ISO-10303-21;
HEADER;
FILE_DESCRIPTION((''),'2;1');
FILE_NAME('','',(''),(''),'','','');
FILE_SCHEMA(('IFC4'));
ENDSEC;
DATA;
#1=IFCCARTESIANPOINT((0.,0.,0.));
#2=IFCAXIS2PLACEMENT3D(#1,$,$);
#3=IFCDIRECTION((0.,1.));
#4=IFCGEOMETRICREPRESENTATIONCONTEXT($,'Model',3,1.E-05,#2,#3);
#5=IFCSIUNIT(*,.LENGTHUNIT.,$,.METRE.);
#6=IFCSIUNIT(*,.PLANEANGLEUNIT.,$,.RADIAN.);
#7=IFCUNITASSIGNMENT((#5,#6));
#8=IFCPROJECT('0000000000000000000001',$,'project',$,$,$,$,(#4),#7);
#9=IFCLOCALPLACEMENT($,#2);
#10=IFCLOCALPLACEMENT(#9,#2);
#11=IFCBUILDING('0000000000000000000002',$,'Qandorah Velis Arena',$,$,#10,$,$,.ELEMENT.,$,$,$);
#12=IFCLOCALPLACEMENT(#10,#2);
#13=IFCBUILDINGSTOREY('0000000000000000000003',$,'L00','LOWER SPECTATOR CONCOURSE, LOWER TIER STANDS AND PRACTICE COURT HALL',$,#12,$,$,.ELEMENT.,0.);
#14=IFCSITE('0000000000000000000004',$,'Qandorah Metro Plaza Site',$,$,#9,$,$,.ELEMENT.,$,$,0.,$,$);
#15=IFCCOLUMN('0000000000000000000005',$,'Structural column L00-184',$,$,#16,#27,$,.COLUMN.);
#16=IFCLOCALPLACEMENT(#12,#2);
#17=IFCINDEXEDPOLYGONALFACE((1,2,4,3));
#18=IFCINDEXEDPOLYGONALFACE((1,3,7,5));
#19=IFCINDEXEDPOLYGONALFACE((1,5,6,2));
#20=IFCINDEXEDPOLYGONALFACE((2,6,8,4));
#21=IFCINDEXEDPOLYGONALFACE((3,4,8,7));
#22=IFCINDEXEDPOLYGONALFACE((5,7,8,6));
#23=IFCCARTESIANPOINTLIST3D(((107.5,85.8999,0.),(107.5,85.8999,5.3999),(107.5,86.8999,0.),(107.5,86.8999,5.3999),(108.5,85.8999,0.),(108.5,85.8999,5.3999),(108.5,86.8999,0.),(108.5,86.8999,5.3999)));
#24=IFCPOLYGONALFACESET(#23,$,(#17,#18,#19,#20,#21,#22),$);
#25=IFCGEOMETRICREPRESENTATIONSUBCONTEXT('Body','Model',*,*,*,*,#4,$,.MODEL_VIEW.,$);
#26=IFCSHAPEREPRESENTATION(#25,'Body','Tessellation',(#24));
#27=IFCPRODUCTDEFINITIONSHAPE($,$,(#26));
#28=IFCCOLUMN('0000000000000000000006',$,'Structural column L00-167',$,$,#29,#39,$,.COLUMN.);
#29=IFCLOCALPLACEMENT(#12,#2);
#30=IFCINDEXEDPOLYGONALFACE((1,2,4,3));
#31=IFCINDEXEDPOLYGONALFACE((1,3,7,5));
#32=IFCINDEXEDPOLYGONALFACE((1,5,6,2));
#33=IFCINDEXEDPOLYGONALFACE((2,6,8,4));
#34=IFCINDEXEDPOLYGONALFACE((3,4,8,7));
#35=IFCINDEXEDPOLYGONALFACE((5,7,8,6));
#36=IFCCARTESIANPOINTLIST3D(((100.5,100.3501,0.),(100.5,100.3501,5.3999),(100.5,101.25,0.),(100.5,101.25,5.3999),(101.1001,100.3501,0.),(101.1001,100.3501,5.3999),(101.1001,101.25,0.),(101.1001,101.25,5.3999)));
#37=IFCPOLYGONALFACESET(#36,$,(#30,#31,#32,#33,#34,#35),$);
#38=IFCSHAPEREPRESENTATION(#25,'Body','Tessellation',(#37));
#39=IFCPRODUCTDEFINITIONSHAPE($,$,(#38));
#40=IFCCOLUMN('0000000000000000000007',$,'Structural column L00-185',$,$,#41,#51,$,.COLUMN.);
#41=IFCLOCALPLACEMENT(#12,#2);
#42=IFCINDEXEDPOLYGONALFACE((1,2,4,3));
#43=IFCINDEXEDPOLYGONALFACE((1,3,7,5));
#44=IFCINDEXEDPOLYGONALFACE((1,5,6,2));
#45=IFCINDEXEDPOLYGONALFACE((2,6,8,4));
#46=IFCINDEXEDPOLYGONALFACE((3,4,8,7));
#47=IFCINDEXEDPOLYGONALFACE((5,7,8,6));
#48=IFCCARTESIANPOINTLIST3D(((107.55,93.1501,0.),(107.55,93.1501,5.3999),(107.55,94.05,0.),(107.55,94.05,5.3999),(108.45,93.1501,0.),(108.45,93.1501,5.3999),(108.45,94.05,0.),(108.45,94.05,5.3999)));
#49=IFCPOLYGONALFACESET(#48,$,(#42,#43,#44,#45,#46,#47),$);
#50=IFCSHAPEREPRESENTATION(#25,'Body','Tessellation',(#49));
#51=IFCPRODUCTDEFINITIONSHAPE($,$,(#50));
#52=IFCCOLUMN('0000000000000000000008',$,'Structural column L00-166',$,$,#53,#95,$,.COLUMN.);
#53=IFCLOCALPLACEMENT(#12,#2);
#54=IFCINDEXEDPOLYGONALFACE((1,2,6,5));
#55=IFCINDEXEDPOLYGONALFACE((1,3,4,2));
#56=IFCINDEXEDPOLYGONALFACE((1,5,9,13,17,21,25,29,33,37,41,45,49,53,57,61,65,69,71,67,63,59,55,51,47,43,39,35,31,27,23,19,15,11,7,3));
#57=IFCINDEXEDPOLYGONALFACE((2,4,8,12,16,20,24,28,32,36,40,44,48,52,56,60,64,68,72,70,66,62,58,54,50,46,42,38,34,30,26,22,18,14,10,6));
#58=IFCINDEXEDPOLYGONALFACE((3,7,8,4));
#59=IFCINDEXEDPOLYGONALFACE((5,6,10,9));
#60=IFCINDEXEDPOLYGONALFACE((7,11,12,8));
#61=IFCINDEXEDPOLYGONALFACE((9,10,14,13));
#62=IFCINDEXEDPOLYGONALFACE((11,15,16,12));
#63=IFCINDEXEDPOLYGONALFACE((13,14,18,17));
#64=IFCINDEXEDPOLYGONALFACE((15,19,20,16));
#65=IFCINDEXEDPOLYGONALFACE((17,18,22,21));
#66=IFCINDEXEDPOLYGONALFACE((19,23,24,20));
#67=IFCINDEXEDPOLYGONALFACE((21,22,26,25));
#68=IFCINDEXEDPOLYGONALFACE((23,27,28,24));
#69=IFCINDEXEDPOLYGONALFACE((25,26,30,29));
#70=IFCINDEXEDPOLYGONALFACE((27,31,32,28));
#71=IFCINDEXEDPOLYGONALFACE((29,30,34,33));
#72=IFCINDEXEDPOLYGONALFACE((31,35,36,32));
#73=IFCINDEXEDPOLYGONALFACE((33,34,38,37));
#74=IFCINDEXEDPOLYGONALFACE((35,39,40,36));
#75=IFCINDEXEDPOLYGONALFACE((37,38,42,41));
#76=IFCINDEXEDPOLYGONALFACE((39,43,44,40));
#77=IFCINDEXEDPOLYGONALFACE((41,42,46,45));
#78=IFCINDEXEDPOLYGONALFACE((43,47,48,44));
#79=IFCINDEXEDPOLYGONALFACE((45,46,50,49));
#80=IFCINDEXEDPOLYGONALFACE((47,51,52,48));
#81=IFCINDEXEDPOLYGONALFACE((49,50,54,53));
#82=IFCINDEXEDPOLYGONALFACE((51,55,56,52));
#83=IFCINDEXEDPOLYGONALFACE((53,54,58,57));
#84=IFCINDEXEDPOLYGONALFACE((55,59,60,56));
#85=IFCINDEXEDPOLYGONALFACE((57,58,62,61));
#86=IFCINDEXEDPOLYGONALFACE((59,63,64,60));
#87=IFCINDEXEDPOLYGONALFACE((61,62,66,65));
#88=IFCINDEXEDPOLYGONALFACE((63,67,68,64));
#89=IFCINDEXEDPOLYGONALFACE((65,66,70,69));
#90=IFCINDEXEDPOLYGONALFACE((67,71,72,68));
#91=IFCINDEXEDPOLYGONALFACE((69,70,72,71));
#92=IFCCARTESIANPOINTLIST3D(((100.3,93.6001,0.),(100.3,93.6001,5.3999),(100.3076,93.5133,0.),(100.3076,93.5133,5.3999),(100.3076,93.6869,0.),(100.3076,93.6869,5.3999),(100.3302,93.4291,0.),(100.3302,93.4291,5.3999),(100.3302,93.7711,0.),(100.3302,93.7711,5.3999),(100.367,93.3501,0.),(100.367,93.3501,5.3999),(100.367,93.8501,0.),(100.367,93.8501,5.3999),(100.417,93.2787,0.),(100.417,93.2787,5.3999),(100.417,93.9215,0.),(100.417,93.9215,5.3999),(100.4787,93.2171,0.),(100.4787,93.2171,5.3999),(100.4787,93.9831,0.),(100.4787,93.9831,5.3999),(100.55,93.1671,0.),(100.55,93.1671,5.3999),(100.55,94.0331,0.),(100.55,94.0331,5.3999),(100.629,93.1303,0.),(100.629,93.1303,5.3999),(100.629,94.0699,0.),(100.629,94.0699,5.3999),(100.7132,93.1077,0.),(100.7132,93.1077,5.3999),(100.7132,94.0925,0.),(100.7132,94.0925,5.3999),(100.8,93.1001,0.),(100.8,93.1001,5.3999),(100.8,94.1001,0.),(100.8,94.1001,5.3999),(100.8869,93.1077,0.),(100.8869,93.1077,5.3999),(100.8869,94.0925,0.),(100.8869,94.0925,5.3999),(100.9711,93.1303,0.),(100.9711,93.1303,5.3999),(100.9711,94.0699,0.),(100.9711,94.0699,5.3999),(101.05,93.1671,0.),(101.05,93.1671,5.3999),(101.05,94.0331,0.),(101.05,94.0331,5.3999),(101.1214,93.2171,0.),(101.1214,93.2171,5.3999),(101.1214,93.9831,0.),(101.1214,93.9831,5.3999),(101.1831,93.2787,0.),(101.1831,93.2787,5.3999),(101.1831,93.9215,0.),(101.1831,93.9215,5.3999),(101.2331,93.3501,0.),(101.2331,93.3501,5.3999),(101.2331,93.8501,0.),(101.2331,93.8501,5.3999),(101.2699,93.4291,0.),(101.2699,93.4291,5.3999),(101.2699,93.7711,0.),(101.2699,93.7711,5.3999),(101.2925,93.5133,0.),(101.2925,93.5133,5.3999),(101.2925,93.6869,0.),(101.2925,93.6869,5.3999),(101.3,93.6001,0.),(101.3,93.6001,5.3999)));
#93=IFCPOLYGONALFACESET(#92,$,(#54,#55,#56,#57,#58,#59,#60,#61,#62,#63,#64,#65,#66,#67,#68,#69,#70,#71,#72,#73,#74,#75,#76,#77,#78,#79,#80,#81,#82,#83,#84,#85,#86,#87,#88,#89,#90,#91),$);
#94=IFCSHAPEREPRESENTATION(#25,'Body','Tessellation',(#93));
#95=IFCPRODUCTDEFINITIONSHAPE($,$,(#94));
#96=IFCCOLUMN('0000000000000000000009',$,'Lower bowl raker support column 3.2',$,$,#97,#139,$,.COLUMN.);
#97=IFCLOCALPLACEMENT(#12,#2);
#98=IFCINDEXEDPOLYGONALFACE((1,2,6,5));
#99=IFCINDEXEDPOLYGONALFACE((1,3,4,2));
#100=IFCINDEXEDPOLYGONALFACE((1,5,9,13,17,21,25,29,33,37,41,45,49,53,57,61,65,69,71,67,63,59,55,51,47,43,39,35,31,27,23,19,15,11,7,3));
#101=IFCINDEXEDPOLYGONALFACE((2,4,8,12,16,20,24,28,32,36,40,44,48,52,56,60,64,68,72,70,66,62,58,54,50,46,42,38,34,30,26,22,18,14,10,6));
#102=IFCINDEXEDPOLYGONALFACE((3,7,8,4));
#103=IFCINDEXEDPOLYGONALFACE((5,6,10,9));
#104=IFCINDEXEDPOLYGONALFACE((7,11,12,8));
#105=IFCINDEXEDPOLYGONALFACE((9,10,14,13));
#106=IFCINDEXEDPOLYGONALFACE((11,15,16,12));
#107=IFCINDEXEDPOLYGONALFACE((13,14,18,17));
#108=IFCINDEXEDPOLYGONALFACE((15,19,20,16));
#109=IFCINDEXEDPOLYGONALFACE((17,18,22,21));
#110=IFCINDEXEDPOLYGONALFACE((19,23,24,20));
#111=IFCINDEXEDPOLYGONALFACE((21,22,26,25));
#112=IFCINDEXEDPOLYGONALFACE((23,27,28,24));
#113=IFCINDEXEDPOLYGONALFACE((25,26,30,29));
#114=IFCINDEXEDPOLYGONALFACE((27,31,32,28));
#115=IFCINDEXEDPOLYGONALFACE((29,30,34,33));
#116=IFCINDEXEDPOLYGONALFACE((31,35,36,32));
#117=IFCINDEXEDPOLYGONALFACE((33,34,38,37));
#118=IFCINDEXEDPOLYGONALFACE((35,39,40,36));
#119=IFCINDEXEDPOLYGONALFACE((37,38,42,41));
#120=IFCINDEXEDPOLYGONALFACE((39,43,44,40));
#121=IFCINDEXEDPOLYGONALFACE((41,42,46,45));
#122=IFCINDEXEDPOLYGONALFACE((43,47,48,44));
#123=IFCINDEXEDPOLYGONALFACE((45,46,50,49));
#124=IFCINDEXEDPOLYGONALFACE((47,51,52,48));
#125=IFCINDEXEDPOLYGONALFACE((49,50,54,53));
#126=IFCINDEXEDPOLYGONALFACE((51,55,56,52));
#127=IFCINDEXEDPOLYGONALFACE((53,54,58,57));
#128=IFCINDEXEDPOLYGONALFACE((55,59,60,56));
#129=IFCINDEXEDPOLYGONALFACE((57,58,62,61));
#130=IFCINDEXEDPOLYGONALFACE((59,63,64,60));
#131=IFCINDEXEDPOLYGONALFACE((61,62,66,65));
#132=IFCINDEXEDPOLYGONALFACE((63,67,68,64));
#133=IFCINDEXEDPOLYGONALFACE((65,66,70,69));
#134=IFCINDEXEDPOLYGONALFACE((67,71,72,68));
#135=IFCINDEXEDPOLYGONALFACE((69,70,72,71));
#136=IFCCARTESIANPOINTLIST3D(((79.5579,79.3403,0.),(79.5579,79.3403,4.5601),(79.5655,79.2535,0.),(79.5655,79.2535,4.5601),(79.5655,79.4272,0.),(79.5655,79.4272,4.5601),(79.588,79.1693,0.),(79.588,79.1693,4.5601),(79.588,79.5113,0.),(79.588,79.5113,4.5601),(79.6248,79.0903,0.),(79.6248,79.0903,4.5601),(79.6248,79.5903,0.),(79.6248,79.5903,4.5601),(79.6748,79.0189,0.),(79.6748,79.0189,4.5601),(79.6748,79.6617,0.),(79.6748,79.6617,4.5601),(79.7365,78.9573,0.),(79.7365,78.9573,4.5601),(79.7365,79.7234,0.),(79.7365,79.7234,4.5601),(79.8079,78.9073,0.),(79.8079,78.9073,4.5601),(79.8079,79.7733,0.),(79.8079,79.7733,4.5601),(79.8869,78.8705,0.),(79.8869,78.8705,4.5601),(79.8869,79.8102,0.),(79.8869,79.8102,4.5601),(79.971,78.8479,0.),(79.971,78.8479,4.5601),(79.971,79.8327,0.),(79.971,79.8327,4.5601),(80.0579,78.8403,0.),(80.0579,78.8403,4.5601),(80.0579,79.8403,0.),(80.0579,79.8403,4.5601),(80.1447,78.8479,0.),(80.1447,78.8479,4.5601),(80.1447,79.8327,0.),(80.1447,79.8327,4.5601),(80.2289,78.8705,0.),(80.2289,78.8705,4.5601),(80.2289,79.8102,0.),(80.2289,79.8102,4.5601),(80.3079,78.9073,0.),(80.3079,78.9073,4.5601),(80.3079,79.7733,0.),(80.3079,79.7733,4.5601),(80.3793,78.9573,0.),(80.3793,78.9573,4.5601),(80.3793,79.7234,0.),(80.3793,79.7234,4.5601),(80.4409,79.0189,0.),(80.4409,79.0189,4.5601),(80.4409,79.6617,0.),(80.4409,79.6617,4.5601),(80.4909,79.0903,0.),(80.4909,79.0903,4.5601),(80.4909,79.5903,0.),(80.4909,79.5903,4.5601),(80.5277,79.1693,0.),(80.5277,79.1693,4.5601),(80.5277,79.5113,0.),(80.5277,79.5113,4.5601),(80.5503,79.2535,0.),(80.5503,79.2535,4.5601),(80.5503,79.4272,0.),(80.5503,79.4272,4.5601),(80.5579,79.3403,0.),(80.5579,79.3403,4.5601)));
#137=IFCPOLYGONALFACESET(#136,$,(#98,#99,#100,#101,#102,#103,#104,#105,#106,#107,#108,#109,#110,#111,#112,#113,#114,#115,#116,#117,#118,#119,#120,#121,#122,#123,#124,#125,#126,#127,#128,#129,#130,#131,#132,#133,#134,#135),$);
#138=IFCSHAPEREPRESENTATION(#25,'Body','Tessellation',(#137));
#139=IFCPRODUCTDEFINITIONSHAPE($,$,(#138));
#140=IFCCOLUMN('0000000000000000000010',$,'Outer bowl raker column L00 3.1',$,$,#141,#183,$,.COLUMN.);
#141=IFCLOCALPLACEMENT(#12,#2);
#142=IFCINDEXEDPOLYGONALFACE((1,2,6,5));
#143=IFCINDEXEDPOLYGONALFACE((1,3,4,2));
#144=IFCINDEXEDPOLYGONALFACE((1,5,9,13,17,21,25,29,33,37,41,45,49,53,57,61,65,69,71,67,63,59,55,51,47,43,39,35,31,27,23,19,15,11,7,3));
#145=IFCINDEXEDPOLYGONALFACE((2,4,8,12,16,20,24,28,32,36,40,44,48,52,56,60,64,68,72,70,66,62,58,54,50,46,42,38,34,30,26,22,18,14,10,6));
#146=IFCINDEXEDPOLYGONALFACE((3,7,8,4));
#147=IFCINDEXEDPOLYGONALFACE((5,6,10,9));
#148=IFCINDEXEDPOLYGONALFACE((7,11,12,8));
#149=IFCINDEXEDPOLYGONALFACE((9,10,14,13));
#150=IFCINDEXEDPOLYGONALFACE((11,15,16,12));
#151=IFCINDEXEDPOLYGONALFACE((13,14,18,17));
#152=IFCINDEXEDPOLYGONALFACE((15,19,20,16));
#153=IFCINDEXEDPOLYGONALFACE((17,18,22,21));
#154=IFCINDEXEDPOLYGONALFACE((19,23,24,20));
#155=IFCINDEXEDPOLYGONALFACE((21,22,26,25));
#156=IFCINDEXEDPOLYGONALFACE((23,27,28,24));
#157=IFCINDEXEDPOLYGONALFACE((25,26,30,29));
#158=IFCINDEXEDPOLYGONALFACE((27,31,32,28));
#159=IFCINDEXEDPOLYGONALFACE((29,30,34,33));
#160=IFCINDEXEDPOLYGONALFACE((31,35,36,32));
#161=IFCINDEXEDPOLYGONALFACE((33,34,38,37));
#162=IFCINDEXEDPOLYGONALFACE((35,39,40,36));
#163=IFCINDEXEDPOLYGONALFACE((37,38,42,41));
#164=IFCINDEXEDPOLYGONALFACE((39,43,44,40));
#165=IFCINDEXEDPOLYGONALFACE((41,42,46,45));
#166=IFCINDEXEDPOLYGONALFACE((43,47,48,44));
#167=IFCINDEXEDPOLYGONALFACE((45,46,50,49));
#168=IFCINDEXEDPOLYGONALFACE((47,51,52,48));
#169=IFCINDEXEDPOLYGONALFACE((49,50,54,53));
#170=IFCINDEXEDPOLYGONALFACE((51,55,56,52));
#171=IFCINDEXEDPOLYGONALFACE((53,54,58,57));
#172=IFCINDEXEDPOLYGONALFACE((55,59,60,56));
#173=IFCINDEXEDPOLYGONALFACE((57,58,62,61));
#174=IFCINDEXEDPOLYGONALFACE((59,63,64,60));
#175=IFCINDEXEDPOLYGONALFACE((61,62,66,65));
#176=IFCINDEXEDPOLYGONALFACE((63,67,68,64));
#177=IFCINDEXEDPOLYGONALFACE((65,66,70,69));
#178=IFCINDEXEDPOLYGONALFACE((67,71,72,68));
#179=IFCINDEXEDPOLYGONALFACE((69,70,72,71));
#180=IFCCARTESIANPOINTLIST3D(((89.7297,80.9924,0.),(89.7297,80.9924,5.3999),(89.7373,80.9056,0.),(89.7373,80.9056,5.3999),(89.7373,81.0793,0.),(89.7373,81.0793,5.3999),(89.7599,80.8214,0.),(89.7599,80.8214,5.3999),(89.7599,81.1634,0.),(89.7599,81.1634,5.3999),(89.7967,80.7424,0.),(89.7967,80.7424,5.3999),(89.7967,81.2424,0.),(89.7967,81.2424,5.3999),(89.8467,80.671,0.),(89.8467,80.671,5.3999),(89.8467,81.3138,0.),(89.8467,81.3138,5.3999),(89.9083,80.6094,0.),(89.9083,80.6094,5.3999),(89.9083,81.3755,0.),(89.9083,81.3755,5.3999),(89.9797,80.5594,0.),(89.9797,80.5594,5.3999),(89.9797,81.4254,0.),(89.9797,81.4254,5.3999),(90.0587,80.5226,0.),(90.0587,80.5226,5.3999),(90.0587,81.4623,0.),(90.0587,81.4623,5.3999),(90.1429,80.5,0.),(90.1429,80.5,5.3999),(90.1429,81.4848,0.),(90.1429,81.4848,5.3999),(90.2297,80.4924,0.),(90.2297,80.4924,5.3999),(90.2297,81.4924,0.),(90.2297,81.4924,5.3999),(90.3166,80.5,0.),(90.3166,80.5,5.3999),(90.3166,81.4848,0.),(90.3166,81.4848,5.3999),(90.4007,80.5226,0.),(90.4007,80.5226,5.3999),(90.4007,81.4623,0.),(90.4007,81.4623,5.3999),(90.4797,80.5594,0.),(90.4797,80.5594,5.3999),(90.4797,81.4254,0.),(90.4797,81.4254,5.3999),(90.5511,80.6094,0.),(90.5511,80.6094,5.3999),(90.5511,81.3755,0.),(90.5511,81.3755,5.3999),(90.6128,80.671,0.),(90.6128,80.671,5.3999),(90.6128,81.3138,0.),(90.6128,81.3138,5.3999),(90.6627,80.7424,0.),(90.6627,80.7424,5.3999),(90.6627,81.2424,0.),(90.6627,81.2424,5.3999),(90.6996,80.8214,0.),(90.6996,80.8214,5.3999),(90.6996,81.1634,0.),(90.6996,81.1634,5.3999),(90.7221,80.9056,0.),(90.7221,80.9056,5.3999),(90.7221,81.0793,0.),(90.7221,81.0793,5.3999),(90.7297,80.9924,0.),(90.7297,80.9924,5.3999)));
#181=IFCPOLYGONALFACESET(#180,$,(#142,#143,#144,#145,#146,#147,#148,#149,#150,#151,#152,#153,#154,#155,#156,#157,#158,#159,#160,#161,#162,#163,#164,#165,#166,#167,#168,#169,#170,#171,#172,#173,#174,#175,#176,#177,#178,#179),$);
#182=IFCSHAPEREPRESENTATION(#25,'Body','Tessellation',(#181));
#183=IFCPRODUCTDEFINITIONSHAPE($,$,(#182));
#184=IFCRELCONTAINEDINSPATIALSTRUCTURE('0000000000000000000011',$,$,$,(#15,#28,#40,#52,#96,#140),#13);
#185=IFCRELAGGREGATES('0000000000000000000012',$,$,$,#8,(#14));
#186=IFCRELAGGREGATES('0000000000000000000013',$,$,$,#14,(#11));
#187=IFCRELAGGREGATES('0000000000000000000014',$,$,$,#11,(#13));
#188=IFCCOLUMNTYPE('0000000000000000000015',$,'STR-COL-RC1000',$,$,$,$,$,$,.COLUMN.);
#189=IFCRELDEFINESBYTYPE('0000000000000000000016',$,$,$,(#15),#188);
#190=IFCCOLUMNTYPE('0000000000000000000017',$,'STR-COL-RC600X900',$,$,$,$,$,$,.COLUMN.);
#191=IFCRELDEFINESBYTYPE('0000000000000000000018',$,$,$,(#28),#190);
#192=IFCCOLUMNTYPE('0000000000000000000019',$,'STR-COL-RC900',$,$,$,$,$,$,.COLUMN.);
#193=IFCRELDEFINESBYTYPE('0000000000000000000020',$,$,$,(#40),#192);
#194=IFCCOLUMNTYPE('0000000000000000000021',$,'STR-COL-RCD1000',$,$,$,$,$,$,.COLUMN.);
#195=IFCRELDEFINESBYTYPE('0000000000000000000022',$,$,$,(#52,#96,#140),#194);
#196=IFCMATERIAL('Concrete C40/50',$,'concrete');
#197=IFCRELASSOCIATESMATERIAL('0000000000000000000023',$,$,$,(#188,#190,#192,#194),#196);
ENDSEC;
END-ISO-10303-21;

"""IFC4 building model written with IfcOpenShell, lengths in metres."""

from ifc_helpers import new_model, si_unit, direction, frame, origin, origin_2d, place, context, subcontext, project, spatial, rectangle, circle, extrude, material, material_profile, profile_set, type_object, element, save


model = new_model("IFC4")

# Units and contexts
model_context = context("Model", 3, precision=1e-05, world=origin(), true_north=direction((0.0, 1.0)))
body_context = subcontext(model_context, "Body", "Model", "MODEL_VIEW")
ifc_project = project(units=[si_unit("LENGTHUNIT", "METRE"), si_unit("PLANEANGLEUNIT", "RADIAN")], contexts=[model_context])

# Site, building, storey
site_placement = place(None, origin())
site = spatial("IfcSite", under=ifc_project, at=site_placement, Name="Qandorah Metro Plaza Site", CompositionType="ELEMENT", RefElevation=0.0)
building_placement = place(site_placement, origin())
building = spatial("IfcBuilding", under=site, at=building_placement, Name="Qandorah Velis Arena", CompositionType="ELEMENT")
storey_placement = place(building_placement, origin())
storey = spatial("IfcBuildingStorey", under=building, at=storey_placement, Name="L00", Description="LOWER SPECTATOR CONCOURSE, LOWER TIER STANDS AND PRACTICE COURT HALL", CompositionType="ELEMENT", Elevation=0.0)

# Columns
ifc_material_1 = material(Name="Concrete C40/50", Category="concrete")
ifc_material_profile_1 = material_profile(ifc_material_1, rectangle(XDim=1.0, YDim=1.0, at=origin_2d()), Name="RC COL 1000x1000")
ifc_profile_set_1 = profile_set([ifc_material_profile_1], Name="Concrete C40/50")
column_type_1 = type_object("IfcColumnType", Name="STR-COL-RC1000", PredefinedType="COLUMN", material=ifc_profile_set_1)
column_1_placement = place(storey_placement, frame((108.0, 86.3999, 0.0), z_axis=(0.0, 0.0, 1.0), x_axis=(1.0, 0.0, 0.0)))
element("IfcColumn", 1, at=column_1_placement, inside=storey, type_object=column_type_1, Name="Structural column L00-184", PredefinedType="COLUMN", context=body_context, shape_type="SweptSolid", body=[
    extrude(rectangle(XDim=1.0, YDim=1.0, at=origin_2d()), origin(), (0.0, 0.0, 1.0), 5.3999),
])
ifc_material_profile_2 = material_profile(ifc_material_1, rectangle(XDim=0.6001, YDim=0.8999, at=origin_2d()), Name="RC COL 600x900")
ifc_profile_set_2 = profile_set([ifc_material_profile_2], Name="Concrete C40/50")
column_type_2 = type_object("IfcColumnType", Name="STR-COL-RC600X900", PredefinedType="COLUMN", material=ifc_profile_set_2)
column_2_placement = place(storey_placement, frame((100.8, 100.8, 0.0), z_axis=(0.0, 0.0, 1.0), x_axis=(1.0, 0.0, 0.0)))
element("IfcColumn", 2, at=column_2_placement, inside=storey, type_object=column_type_2, Name="Structural column L00-167", PredefinedType="COLUMN", context=body_context, shape_type="SweptSolid", body=[
    extrude(rectangle(XDim=0.6001, YDim=0.8999, at=origin_2d()), origin(), (0.0, 0.0, 1.0), 5.3999),
])
ifc_material_profile_3 = material_profile(ifc_material_1, rectangle(XDim=0.8999, YDim=0.8999, at=origin_2d()), Name="RC COL 900x900")
ifc_profile_set_3 = profile_set([ifc_material_profile_3], Name="Concrete C40/50")
column_type_3 = type_object("IfcColumnType", Name="STR-COL-RC900", PredefinedType="COLUMN", material=ifc_profile_set_3)
column_3_placement = place(storey_placement, frame((108.0, 93.6001, 0.0), z_axis=(0.0, 0.0, 1.0), x_axis=(1.0, 0.0, 0.0)))
element("IfcColumn", 3, at=column_3_placement, inside=storey, type_object=column_type_3, Name="Structural column L00-185", PredefinedType="COLUMN", context=body_context, shape_type="SweptSolid", body=[
    extrude(rectangle(XDim=0.8999, YDim=0.8999, at=origin_2d()), origin(), (0.0, 0.0, 1.0), 5.3999),
])
ifc_material_profile_4 = material_profile(ifc_material_1, circle(Radius=0.5, at=origin_2d()), Name="RC D1000")
ifc_profile_set_4 = profile_set([ifc_material_profile_4], Name="Concrete C40/50")
column_type_4 = type_object("IfcColumnType", Name="STR-COL-RCD1000", PredefinedType="COLUMN", material=ifc_profile_set_4)
column_4_placement = place(storey_placement, frame((100.8, 93.6001, 0.0), z_axis=(0.0, 0.0, 1.0), x_axis=(1.0, 0.0, 0.0)))
element("IfcColumn", 4, at=column_4_placement, inside=storey, type_object=column_type_4, Name="Structural column L00-166", PredefinedType="COLUMN", context=body_context, shape_type="SweptSolid", body=[
    extrude(circle(Radius=0.5, at=origin_2d()), origin(), (0.0, 0.0, 1.0), 5.3999),
])
column_5_placement = place(storey_placement, frame((80.0579, 79.3403, 0.0), z_axis=(0.0, 0.0, 1.0), x_axis=(1.0, 0.0, 0.0)))
element("IfcColumn", 5, at=column_5_placement, inside=storey, type_object=column_type_4, Name="Lower bowl raker support column 3.2", PredefinedType="COLUMN", context=body_context, shape_type="SweptSolid", body=[
    extrude(circle(Radius=0.5, at=origin_2d()), origin(), (0.0, 0.0, 1.0), 4.5601),
])
for number, where, z_axis, x_axis, name in (
    (6, (90.2297, 80.9924, 0.0), (0.0, 0.0, 1.0), (1.0, 0.0, 0.0), "Outer bowl raker column L00 3.1"),
):
    element("IfcColumn", number, at=place(storey_placement, frame(where, z_axis=z_axis, x_axis=x_axis)), inside=storey, type_object=column_type_4, Name=name, PredefinedType="COLUMN", context=body_context, shape_type="SweptSolid", body=[
        extrude(circle(Radius=0.5, at=origin_2d()), origin(), (0.0, 0.0, 1.0), 5.3999),
    ])

save(model, "model.ifc")
